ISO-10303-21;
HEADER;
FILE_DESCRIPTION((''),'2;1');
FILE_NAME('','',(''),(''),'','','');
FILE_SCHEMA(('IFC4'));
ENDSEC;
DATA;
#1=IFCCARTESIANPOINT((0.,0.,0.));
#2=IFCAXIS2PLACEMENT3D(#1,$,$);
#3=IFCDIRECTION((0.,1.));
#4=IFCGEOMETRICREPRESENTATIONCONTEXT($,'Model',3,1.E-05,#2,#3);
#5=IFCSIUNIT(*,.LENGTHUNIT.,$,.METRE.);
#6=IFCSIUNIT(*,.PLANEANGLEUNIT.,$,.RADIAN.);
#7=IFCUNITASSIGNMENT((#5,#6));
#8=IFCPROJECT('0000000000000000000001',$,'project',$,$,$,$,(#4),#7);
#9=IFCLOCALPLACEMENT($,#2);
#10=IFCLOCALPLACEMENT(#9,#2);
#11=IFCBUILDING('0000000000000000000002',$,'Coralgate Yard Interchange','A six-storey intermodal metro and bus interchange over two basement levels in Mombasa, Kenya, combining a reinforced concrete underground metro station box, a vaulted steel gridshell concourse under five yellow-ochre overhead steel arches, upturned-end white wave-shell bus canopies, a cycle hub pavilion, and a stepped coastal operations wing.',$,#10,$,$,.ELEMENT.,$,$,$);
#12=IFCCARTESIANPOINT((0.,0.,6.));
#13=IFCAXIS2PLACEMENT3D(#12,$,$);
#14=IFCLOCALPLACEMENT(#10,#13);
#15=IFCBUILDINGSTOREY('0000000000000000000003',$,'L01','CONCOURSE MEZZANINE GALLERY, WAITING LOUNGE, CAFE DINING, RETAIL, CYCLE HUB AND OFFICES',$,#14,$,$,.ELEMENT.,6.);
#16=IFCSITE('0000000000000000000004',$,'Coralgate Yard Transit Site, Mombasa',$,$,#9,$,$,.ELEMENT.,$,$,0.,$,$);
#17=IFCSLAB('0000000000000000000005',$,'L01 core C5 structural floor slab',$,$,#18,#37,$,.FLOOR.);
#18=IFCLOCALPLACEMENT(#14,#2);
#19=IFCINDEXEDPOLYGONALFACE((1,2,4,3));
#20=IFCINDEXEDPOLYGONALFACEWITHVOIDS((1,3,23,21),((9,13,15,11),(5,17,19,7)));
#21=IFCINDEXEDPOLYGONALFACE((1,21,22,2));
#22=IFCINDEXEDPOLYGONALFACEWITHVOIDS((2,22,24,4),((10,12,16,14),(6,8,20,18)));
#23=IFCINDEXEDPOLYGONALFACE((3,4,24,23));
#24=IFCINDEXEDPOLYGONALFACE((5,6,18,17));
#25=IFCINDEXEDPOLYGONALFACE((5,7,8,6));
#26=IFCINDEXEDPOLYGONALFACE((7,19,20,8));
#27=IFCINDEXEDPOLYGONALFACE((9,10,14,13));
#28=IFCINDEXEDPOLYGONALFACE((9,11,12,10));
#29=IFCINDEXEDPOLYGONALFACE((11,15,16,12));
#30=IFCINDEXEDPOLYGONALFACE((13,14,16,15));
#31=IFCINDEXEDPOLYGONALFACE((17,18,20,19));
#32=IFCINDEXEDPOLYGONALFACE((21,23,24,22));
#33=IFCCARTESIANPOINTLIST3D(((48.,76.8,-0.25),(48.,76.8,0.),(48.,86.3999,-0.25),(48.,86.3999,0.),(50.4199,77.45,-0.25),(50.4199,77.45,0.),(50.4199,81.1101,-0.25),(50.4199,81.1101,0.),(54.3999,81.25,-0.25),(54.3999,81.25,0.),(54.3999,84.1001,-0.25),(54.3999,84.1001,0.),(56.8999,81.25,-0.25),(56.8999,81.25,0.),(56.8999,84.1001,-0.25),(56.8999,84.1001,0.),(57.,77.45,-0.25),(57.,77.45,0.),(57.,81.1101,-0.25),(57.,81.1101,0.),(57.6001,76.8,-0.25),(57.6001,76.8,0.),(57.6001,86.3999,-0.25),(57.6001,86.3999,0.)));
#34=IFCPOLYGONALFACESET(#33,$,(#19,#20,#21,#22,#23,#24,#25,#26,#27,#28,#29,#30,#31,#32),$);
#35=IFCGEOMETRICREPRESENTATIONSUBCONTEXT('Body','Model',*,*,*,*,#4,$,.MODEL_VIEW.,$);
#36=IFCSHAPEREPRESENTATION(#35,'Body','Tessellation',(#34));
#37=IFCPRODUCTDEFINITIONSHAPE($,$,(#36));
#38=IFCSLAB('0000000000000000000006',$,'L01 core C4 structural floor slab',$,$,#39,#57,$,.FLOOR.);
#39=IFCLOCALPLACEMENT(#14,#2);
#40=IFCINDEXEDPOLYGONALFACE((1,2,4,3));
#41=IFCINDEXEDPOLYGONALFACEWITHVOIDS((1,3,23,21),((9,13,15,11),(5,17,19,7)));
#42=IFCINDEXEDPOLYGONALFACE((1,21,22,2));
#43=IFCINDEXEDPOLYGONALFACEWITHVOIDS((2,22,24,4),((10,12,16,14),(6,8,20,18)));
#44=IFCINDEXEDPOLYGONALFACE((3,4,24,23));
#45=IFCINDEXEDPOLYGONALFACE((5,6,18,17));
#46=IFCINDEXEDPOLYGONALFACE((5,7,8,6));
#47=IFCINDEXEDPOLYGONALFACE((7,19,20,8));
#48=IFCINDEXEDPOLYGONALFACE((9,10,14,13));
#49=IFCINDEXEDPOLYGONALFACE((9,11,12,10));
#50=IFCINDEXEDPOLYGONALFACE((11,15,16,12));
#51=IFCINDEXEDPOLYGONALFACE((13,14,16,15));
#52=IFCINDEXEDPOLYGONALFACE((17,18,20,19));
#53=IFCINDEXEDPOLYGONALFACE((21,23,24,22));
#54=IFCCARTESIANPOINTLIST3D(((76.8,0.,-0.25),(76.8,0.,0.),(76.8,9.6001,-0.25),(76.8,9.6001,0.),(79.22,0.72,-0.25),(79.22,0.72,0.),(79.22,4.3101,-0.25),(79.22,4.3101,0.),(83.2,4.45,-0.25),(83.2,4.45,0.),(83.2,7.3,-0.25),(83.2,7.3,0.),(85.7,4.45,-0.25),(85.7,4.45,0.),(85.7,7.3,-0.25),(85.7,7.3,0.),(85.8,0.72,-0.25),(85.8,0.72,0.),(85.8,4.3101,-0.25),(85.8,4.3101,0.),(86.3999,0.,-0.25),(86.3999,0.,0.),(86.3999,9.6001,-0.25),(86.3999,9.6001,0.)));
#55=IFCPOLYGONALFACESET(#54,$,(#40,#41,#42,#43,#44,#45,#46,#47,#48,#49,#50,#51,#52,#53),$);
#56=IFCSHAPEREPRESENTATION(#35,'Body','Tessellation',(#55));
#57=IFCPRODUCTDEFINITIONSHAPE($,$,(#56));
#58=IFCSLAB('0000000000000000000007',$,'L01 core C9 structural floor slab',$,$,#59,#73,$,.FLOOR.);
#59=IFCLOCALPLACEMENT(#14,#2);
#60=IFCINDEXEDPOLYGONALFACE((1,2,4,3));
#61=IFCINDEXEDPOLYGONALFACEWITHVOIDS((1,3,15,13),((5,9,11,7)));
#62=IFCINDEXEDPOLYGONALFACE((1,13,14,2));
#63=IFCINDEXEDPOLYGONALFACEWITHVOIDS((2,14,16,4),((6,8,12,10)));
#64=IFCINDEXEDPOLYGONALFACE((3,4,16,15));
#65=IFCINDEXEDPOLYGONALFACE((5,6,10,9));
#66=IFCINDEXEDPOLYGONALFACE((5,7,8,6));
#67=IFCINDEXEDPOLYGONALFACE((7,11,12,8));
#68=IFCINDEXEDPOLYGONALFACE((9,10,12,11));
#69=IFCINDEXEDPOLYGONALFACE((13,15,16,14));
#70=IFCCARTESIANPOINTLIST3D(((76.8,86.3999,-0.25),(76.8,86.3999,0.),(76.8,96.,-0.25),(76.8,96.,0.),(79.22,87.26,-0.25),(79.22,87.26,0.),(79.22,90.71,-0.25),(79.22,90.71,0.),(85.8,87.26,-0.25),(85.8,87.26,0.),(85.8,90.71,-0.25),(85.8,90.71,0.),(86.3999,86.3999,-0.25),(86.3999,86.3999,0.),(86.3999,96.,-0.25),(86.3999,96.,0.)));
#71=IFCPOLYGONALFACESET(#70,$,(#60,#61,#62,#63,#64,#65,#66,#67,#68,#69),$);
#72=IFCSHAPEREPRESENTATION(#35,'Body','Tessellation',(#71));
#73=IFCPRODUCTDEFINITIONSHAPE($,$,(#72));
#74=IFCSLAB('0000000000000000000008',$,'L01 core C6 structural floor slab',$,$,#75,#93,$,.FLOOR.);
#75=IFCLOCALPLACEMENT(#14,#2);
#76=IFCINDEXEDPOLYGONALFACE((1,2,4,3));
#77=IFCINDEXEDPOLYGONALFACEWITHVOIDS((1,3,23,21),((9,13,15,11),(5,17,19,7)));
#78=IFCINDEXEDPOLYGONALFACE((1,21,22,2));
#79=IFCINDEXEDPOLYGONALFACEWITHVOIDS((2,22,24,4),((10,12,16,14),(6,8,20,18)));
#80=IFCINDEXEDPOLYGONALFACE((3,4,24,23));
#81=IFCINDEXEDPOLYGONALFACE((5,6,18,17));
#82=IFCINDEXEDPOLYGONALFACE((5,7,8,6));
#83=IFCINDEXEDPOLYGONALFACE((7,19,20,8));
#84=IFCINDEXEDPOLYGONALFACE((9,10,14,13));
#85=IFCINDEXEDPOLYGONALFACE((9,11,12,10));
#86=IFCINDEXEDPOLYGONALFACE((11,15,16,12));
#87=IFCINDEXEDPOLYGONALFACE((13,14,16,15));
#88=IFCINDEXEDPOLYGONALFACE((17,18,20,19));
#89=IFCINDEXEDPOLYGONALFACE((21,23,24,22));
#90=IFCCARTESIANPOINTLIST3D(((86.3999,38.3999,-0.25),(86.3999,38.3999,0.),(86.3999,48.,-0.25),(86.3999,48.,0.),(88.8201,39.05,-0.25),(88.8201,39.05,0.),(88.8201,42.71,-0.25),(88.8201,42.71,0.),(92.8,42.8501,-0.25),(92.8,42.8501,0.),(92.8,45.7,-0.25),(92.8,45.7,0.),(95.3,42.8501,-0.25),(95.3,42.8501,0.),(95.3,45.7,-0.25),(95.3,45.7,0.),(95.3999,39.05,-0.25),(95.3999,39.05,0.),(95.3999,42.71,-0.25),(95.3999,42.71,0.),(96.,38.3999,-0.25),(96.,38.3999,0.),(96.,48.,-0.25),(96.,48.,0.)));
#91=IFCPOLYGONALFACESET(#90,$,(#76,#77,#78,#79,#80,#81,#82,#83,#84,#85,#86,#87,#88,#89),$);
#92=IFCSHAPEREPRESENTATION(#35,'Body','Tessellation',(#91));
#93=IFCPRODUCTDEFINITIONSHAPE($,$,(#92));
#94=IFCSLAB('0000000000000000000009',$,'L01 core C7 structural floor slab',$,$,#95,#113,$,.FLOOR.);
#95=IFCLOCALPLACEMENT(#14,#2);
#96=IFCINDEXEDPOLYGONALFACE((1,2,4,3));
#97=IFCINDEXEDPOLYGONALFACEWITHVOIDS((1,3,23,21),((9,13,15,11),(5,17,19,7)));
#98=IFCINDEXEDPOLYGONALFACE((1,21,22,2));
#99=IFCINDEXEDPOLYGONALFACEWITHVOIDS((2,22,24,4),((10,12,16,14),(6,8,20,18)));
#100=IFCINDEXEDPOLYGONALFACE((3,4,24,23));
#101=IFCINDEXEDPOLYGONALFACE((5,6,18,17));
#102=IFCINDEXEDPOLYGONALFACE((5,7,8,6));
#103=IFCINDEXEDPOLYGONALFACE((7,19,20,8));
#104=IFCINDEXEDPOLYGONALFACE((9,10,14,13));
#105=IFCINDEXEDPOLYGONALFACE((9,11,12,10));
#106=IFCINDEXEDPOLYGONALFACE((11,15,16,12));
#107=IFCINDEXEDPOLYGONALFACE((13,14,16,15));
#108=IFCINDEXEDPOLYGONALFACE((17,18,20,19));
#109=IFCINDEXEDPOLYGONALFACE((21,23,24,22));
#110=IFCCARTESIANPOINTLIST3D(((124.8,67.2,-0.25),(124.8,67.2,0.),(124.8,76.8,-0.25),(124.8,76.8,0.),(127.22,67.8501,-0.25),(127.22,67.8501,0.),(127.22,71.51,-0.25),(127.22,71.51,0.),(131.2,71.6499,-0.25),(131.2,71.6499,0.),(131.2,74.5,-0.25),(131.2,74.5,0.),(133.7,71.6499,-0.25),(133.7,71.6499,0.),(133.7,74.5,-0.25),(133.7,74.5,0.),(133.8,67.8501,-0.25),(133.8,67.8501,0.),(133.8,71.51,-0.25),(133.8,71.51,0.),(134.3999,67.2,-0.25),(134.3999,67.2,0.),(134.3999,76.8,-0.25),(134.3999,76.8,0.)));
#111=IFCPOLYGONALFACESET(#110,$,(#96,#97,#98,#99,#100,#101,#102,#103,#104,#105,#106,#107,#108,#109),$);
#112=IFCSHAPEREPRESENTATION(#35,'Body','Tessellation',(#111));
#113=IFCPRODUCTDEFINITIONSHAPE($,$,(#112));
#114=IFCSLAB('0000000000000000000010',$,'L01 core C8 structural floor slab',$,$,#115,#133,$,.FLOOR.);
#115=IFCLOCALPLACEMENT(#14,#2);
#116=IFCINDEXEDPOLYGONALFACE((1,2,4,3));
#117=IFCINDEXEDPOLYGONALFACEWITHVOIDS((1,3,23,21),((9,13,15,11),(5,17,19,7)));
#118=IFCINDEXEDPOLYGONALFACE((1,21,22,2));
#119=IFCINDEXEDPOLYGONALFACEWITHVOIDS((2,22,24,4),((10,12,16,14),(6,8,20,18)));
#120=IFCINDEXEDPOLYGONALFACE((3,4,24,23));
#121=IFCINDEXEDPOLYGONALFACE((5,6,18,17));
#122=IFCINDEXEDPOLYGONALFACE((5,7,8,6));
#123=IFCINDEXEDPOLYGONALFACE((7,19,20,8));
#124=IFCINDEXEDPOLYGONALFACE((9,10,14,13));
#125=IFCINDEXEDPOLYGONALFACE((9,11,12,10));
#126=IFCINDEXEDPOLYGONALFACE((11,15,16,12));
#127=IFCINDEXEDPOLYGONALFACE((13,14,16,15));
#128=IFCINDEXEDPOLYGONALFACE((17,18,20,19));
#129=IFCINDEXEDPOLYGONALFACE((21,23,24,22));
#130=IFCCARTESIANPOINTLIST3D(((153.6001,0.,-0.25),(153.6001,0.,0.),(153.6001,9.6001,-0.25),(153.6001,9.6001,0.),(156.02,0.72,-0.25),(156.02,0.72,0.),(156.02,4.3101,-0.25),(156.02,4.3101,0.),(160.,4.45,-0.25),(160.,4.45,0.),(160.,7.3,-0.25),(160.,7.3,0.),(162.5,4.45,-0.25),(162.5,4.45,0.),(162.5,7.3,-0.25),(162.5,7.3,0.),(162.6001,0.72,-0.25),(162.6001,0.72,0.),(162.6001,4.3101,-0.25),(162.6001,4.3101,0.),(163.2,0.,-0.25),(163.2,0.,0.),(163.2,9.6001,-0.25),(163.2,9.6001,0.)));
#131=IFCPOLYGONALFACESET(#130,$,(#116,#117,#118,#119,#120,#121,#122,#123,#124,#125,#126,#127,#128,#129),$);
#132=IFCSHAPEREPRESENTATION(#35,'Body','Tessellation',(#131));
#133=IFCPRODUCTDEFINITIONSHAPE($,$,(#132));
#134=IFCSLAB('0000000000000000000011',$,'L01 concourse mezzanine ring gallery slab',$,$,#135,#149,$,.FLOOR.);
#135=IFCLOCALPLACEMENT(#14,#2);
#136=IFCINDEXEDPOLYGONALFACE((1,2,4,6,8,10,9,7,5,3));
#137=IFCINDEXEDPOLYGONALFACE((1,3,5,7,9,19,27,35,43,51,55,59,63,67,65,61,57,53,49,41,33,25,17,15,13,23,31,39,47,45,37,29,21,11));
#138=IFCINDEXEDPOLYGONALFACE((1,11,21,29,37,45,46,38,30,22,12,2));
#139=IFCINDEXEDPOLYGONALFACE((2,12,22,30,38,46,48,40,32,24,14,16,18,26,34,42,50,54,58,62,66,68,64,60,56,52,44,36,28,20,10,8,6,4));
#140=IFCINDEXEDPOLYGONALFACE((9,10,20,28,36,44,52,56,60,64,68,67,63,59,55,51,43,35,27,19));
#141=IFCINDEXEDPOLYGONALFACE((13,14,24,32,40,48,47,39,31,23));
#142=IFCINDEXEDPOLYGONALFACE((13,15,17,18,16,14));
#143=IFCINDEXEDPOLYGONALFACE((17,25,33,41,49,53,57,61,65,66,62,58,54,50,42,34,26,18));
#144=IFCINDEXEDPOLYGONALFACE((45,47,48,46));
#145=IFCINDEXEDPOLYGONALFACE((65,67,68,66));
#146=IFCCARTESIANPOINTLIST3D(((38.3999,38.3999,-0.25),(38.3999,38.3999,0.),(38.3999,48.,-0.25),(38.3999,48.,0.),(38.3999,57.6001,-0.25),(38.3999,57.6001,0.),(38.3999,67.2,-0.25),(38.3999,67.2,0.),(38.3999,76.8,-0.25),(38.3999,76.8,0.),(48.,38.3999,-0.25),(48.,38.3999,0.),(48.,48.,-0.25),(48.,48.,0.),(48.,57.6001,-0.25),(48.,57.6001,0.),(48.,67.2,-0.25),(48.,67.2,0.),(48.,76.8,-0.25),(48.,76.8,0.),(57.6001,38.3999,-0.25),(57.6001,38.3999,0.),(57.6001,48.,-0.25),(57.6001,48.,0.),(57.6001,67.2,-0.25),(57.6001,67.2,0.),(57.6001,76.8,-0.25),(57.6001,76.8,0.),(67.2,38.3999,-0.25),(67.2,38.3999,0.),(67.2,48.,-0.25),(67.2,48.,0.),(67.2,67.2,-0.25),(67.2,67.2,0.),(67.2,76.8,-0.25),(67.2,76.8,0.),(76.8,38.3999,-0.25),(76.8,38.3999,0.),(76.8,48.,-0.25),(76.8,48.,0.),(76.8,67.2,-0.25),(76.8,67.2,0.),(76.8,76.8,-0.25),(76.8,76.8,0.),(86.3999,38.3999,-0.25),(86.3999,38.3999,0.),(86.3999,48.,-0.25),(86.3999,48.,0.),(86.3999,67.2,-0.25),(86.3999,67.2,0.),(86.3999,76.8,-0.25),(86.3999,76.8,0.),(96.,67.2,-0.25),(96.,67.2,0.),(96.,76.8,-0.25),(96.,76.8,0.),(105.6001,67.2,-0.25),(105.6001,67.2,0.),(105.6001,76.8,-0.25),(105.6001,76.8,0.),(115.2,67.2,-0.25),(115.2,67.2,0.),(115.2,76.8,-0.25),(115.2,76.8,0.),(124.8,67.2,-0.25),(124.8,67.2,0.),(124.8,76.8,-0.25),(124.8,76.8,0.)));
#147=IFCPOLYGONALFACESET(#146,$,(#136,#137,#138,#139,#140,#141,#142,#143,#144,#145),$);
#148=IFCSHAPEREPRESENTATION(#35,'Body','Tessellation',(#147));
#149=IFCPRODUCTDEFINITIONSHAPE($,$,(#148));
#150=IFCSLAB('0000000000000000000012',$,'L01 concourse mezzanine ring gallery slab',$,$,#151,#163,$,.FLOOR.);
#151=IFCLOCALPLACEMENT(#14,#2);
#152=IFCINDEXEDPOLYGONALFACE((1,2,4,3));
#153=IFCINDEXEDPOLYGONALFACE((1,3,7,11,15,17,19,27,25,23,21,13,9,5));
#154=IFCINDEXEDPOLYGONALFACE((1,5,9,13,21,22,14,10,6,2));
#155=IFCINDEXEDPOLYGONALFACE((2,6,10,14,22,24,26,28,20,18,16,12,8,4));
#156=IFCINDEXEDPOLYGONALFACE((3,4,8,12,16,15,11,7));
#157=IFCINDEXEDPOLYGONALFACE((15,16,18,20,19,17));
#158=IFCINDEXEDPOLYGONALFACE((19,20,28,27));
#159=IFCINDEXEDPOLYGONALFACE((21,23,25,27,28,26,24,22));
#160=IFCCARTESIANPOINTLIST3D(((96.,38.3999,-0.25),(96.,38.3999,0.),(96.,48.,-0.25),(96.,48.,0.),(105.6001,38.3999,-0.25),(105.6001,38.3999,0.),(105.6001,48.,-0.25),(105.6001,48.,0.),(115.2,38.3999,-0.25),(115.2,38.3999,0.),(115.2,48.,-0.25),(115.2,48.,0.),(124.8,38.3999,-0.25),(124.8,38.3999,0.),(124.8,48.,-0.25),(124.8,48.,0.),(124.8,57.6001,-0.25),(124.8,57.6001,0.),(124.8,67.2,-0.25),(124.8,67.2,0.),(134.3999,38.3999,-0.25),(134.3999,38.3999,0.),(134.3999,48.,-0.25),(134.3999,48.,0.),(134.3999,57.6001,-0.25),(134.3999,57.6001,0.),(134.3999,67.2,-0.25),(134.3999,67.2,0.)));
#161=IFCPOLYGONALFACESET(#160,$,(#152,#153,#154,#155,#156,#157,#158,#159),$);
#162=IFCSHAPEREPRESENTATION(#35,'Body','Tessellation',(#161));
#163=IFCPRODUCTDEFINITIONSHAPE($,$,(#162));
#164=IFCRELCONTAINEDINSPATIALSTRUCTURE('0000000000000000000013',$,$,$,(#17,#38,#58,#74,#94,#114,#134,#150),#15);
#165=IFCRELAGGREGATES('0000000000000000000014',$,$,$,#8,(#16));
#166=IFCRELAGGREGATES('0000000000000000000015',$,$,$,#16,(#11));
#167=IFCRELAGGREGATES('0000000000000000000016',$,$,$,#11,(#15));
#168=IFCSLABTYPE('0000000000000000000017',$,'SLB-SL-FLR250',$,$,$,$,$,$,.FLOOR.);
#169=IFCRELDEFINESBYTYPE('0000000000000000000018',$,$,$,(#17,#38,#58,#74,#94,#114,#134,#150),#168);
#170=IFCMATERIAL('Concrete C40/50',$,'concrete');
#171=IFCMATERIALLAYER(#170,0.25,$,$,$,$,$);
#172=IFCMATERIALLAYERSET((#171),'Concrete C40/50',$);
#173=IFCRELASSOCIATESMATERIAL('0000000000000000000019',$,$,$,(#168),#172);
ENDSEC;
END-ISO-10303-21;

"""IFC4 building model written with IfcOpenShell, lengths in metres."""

from ifc_helpers import new_model, si_unit, direction, frame, origin, place, context, subcontext, project, spatial, polyline, outline, extrude, material, layer, layer_set, type_object, element, save


model = new_model("IFC4")

# Units and contexts
model_context = context("Model", 3, precision=1e-05, world=origin(), true_north=direction((0.0, 1.0)))
body_context = subcontext(model_context, "Body", "Model", "MODEL_VIEW")
ifc_project = project(units=[si_unit("LENGTHUNIT", "METRE"), si_unit("PLANEANGLEUNIT", "RADIAN")], contexts=[model_context])

# Site, building, storey
site_placement = place(None, origin())
site = spatial("IfcSite", under=ifc_project, at=site_placement, Name="Coralgate Yard Transit Site, Mombasa", CompositionType="ELEMENT", RefElevation=0.0)
building_placement = place(site_placement, origin())
building = spatial("IfcBuilding", under=site, at=building_placement, Name="Coralgate Yard Interchange", Description="A six-storey intermodal metro and bus interchange over two basement levels in Mombasa, Kenya, combining a reinforced concrete underground metro station box, a vaulted steel gridshell concourse under five yellow-ochre overhead steel arches, upturned-end white wave-shell bus canopies, a cycle hub pavilion, and a stepped coastal operations wing.", CompositionType="ELEMENT")
storey_placement = place(building_placement, frame((0.0, 0.0, 6.0)))
storey = spatial("IfcBuildingStorey", under=building, at=storey_placement, Name="L01", Description="CONCOURSE MEZZANINE GALLERY, WAITING LOUNGE, CAFE DINING, RETAIL, CYCLE HUB AND OFFICES", CompositionType="ELEMENT", Elevation=6.0)

# Shared definitions
ifc_material_1 = material(Name="Concrete C40/50", Category="concrete")

# Slabs
ifc_layer_1 = layer(ifc_material_1, 0.25)
ifc_layer_set_1 = layer_set([ifc_layer_1], Name="Concrete C40/50")
slab_type_1 = type_object("IfcSlabType", Name="SLB-SL-FLR250", PredefinedType="FLOOR", material=ifc_layer_set_1)
slab_1_placement = place(storey_placement, frame((0.0, 0.0, -0.25)))
element("IfcSlab", 1, at=slab_1_placement, inside=storey, type_object=slab_type_1, Name="L01 core C5 structural floor slab", PredefinedType="FLOOR", context=body_context, shape_type="SweptSolid", body=[
    extrude(outline(polyline([(57.6001, 86.3999), (57.6001, 76.8), (48.0, 76.8), (48.0, 86.3999), (57.6001, 86.3999)]), holes=[polyline([(57.0, 81.1101), (50.4199, 81.1101), (50.4199, 77.45), (57.0, 77.45), (57.0, 81.1101)]), polyline([(56.8999, 81.25), (56.8999, 84.1001), (54.3999, 84.1001), (54.3999, 81.25), (56.8999, 81.25)])]), origin(), (0.0, 0.0, 1.0), 0.25),
])
slab_2_placement = place(storey_placement, frame((0.0, 0.0, -0.25)))
element("IfcSlab", 2, at=slab_2_placement, inside=storey, type_object=slab_type_1, Name="L01 core C4 structural floor slab", PredefinedType="FLOOR", context=body_context, shape_type="SweptSolid", body=[
    extrude(outline(polyline([(86.3999, 9.6001), (86.3999, 0.0), (76.8, 0.0), (76.8, 9.6001), (86.3999, 9.6001)]), holes=[polyline([(85.8, 4.3101), (79.22, 4.3101), (79.22, 0.72), (85.8, 0.72), (85.8, 4.3101)]), polyline([(85.7, 4.45), (85.7, 7.3), (83.2, 7.3), (83.2, 4.45), (85.7, 4.45)])]), origin(), (0.0, 0.0, 1.0), 0.25),
])
slab_3_placement = place(storey_placement, frame((0.0, 0.0, -0.25)))
element("IfcSlab", 3, at=slab_3_placement, inside=storey, type_object=slab_type_1, Name="L01 core C9 structural floor slab", PredefinedType="FLOOR", context=body_context, shape_type="SweptSolid", body=[
    extrude(outline(polyline([(76.8, 96.0), (86.3999, 96.0), (86.3999, 86.3999), (76.8, 86.3999), (76.8, 96.0)]), holes=[polyline([(85.8, 87.26), (85.8, 90.71), (79.22, 90.71), (79.22, 87.26), (85.8, 87.26)])]), origin(), (0.0, 0.0, 1.0), 0.25),
])
slab_4_placement = place(storey_placement, frame((0.0, 0.0, -0.25)))
element("IfcSlab", 4, at=slab_4_placement, inside=storey, type_object=slab_type_1, Name="L01 core C6 structural floor slab", PredefinedType="FLOOR", context=body_context, shape_type="SweptSolid", body=[
    extrude(outline(polyline([(96.0, 48.0), (96.0, 38.3999), (86.3999, 38.3999), (86.3999, 48.0), (96.0, 48.0)]), holes=[polyline([(95.3999, 42.71), (88.8201, 42.71), (88.8201, 39.05), (95.3999, 39.05), (95.3999, 42.71)]), polyline([(95.3, 42.8501), (95.3, 45.7), (92.8, 45.7), (92.8, 42.8501), (95.3, 42.8501)])]), origin(), (0.0, 0.0, 1.0), 0.25),
])
slab_5_placement = place(storey_placement, frame((0.0, 0.0, -0.25)))
element("IfcSlab", 5, at=slab_5_placement, inside=storey, type_object=slab_type_1, Name="L01 core C7 structural floor slab", PredefinedType="FLOOR", context=body_context, shape_type="SweptSolid", body=[
    extrude(outline(polyline([(134.3999, 76.8), (134.3999, 67.2), (124.8, 67.2), (124.8, 76.8), (134.3999, 76.8)]), holes=[polyline([(133.8, 71.51), (127.22, 71.51), (127.22, 67.8501), (133.8, 67.8501), (133.8, 71.51)]), polyline([(133.7, 71.6499), (133.7, 74.5), (131.2, 74.5), (131.2, 71.6499), (133.7, 71.6499)])]), origin(), (0.0, 0.0, 1.0), 0.25),
])
slab_6_placement = place(storey_placement, frame((0.0, 0.0, -0.25)))
element("IfcSlab", 6, at=slab_6_placement, inside=storey, type_object=slab_type_1, Name="L01 core C8 structural floor slab", PredefinedType="FLOOR", context=body_context, shape_type="SweptSolid", body=[
    extrude(outline(polyline([(163.2, 9.6001), (163.2, 0.0), (153.6001, 0.0), (153.6001, 9.6001), (163.2, 9.6001)]), holes=[polyline([(162.6001, 4.3101), (156.02, 4.3101), (156.02, 0.72), (162.6001, 0.72), (162.6001, 4.3101)]), polyline([(162.5, 4.45), (162.5, 7.3), (160.0, 7.3), (160.0, 4.45), (162.5, 4.45)])]), origin(), (0.0, 0.0, 1.0), 0.25),
])
slab_7_placement = place(storey_placement, frame((0.0, 0.0, -0.25)))
element("IfcSlab", 7, at=slab_7_placement, inside=storey, type_object=slab_type_1, Name="L01 concourse mezzanine ring gallery slab", PredefinedType="FLOOR", context=body_context, shape_type="SweptSolid", body=[
    extrude(outline(polyline([(67.2, 48.0), (76.8, 48.0), (86.3999, 48.0), (86.3999, 38.3999), (76.8, 38.3999), (67.2, 38.3999), (57.6001, 38.3999), (48.0, 38.3999), (38.3999, 38.3999), (38.3999, 48.0), (38.3999, 57.6001), (38.3999, 67.2), (38.3999, 76.8), (48.0, 76.8), (57.6001, 76.8), (67.2, 76.8), (76.8, 76.8), (86.3999, 76.8), (96.0, 76.8), (105.6001, 76.8), (115.2, 76.8), (124.8, 76.8), (124.8, 67.2), (115.2, 67.2), (105.6001, 67.2), (96.0, 67.2), (86.3999, 67.2), (76.8, 67.2), (67.2, 67.2), (57.6001, 67.2), (48.0, 67.2), (48.0, 57.6001), (48.0, 48.0), (57.6001, 48.0), (67.2, 48.0)])), origin(), (0.0, 0.0, 1.0), 0.25),
])
slab_8_placement = place(storey_placement, frame((0.0, 0.0, -0.25)))
element("IfcSlab", 8, at=slab_8_placement, inside=storey, type_object=slab_type_1, Name="L01 concourse mezzanine ring gallery slab", PredefinedType="FLOOR", context=body_context, shape_type="SweptSolid", body=[
    extrude(outline(polyline([(115.2, 48.0), (124.8, 48.0), (124.8, 57.6001), (124.8, 67.2), (134.3999, 67.2), (134.3999, 57.6001), (134.3999, 48.0), (134.3999, 38.3999), (124.8, 38.3999), (115.2, 38.3999), (105.6001, 38.3999), (96.0, 38.3999), (96.0, 48.0), (105.6001, 48.0), (115.2, 48.0)])), origin(), (0.0, 0.0, 1.0), 0.25),
])

save(model, "model.ifc")
